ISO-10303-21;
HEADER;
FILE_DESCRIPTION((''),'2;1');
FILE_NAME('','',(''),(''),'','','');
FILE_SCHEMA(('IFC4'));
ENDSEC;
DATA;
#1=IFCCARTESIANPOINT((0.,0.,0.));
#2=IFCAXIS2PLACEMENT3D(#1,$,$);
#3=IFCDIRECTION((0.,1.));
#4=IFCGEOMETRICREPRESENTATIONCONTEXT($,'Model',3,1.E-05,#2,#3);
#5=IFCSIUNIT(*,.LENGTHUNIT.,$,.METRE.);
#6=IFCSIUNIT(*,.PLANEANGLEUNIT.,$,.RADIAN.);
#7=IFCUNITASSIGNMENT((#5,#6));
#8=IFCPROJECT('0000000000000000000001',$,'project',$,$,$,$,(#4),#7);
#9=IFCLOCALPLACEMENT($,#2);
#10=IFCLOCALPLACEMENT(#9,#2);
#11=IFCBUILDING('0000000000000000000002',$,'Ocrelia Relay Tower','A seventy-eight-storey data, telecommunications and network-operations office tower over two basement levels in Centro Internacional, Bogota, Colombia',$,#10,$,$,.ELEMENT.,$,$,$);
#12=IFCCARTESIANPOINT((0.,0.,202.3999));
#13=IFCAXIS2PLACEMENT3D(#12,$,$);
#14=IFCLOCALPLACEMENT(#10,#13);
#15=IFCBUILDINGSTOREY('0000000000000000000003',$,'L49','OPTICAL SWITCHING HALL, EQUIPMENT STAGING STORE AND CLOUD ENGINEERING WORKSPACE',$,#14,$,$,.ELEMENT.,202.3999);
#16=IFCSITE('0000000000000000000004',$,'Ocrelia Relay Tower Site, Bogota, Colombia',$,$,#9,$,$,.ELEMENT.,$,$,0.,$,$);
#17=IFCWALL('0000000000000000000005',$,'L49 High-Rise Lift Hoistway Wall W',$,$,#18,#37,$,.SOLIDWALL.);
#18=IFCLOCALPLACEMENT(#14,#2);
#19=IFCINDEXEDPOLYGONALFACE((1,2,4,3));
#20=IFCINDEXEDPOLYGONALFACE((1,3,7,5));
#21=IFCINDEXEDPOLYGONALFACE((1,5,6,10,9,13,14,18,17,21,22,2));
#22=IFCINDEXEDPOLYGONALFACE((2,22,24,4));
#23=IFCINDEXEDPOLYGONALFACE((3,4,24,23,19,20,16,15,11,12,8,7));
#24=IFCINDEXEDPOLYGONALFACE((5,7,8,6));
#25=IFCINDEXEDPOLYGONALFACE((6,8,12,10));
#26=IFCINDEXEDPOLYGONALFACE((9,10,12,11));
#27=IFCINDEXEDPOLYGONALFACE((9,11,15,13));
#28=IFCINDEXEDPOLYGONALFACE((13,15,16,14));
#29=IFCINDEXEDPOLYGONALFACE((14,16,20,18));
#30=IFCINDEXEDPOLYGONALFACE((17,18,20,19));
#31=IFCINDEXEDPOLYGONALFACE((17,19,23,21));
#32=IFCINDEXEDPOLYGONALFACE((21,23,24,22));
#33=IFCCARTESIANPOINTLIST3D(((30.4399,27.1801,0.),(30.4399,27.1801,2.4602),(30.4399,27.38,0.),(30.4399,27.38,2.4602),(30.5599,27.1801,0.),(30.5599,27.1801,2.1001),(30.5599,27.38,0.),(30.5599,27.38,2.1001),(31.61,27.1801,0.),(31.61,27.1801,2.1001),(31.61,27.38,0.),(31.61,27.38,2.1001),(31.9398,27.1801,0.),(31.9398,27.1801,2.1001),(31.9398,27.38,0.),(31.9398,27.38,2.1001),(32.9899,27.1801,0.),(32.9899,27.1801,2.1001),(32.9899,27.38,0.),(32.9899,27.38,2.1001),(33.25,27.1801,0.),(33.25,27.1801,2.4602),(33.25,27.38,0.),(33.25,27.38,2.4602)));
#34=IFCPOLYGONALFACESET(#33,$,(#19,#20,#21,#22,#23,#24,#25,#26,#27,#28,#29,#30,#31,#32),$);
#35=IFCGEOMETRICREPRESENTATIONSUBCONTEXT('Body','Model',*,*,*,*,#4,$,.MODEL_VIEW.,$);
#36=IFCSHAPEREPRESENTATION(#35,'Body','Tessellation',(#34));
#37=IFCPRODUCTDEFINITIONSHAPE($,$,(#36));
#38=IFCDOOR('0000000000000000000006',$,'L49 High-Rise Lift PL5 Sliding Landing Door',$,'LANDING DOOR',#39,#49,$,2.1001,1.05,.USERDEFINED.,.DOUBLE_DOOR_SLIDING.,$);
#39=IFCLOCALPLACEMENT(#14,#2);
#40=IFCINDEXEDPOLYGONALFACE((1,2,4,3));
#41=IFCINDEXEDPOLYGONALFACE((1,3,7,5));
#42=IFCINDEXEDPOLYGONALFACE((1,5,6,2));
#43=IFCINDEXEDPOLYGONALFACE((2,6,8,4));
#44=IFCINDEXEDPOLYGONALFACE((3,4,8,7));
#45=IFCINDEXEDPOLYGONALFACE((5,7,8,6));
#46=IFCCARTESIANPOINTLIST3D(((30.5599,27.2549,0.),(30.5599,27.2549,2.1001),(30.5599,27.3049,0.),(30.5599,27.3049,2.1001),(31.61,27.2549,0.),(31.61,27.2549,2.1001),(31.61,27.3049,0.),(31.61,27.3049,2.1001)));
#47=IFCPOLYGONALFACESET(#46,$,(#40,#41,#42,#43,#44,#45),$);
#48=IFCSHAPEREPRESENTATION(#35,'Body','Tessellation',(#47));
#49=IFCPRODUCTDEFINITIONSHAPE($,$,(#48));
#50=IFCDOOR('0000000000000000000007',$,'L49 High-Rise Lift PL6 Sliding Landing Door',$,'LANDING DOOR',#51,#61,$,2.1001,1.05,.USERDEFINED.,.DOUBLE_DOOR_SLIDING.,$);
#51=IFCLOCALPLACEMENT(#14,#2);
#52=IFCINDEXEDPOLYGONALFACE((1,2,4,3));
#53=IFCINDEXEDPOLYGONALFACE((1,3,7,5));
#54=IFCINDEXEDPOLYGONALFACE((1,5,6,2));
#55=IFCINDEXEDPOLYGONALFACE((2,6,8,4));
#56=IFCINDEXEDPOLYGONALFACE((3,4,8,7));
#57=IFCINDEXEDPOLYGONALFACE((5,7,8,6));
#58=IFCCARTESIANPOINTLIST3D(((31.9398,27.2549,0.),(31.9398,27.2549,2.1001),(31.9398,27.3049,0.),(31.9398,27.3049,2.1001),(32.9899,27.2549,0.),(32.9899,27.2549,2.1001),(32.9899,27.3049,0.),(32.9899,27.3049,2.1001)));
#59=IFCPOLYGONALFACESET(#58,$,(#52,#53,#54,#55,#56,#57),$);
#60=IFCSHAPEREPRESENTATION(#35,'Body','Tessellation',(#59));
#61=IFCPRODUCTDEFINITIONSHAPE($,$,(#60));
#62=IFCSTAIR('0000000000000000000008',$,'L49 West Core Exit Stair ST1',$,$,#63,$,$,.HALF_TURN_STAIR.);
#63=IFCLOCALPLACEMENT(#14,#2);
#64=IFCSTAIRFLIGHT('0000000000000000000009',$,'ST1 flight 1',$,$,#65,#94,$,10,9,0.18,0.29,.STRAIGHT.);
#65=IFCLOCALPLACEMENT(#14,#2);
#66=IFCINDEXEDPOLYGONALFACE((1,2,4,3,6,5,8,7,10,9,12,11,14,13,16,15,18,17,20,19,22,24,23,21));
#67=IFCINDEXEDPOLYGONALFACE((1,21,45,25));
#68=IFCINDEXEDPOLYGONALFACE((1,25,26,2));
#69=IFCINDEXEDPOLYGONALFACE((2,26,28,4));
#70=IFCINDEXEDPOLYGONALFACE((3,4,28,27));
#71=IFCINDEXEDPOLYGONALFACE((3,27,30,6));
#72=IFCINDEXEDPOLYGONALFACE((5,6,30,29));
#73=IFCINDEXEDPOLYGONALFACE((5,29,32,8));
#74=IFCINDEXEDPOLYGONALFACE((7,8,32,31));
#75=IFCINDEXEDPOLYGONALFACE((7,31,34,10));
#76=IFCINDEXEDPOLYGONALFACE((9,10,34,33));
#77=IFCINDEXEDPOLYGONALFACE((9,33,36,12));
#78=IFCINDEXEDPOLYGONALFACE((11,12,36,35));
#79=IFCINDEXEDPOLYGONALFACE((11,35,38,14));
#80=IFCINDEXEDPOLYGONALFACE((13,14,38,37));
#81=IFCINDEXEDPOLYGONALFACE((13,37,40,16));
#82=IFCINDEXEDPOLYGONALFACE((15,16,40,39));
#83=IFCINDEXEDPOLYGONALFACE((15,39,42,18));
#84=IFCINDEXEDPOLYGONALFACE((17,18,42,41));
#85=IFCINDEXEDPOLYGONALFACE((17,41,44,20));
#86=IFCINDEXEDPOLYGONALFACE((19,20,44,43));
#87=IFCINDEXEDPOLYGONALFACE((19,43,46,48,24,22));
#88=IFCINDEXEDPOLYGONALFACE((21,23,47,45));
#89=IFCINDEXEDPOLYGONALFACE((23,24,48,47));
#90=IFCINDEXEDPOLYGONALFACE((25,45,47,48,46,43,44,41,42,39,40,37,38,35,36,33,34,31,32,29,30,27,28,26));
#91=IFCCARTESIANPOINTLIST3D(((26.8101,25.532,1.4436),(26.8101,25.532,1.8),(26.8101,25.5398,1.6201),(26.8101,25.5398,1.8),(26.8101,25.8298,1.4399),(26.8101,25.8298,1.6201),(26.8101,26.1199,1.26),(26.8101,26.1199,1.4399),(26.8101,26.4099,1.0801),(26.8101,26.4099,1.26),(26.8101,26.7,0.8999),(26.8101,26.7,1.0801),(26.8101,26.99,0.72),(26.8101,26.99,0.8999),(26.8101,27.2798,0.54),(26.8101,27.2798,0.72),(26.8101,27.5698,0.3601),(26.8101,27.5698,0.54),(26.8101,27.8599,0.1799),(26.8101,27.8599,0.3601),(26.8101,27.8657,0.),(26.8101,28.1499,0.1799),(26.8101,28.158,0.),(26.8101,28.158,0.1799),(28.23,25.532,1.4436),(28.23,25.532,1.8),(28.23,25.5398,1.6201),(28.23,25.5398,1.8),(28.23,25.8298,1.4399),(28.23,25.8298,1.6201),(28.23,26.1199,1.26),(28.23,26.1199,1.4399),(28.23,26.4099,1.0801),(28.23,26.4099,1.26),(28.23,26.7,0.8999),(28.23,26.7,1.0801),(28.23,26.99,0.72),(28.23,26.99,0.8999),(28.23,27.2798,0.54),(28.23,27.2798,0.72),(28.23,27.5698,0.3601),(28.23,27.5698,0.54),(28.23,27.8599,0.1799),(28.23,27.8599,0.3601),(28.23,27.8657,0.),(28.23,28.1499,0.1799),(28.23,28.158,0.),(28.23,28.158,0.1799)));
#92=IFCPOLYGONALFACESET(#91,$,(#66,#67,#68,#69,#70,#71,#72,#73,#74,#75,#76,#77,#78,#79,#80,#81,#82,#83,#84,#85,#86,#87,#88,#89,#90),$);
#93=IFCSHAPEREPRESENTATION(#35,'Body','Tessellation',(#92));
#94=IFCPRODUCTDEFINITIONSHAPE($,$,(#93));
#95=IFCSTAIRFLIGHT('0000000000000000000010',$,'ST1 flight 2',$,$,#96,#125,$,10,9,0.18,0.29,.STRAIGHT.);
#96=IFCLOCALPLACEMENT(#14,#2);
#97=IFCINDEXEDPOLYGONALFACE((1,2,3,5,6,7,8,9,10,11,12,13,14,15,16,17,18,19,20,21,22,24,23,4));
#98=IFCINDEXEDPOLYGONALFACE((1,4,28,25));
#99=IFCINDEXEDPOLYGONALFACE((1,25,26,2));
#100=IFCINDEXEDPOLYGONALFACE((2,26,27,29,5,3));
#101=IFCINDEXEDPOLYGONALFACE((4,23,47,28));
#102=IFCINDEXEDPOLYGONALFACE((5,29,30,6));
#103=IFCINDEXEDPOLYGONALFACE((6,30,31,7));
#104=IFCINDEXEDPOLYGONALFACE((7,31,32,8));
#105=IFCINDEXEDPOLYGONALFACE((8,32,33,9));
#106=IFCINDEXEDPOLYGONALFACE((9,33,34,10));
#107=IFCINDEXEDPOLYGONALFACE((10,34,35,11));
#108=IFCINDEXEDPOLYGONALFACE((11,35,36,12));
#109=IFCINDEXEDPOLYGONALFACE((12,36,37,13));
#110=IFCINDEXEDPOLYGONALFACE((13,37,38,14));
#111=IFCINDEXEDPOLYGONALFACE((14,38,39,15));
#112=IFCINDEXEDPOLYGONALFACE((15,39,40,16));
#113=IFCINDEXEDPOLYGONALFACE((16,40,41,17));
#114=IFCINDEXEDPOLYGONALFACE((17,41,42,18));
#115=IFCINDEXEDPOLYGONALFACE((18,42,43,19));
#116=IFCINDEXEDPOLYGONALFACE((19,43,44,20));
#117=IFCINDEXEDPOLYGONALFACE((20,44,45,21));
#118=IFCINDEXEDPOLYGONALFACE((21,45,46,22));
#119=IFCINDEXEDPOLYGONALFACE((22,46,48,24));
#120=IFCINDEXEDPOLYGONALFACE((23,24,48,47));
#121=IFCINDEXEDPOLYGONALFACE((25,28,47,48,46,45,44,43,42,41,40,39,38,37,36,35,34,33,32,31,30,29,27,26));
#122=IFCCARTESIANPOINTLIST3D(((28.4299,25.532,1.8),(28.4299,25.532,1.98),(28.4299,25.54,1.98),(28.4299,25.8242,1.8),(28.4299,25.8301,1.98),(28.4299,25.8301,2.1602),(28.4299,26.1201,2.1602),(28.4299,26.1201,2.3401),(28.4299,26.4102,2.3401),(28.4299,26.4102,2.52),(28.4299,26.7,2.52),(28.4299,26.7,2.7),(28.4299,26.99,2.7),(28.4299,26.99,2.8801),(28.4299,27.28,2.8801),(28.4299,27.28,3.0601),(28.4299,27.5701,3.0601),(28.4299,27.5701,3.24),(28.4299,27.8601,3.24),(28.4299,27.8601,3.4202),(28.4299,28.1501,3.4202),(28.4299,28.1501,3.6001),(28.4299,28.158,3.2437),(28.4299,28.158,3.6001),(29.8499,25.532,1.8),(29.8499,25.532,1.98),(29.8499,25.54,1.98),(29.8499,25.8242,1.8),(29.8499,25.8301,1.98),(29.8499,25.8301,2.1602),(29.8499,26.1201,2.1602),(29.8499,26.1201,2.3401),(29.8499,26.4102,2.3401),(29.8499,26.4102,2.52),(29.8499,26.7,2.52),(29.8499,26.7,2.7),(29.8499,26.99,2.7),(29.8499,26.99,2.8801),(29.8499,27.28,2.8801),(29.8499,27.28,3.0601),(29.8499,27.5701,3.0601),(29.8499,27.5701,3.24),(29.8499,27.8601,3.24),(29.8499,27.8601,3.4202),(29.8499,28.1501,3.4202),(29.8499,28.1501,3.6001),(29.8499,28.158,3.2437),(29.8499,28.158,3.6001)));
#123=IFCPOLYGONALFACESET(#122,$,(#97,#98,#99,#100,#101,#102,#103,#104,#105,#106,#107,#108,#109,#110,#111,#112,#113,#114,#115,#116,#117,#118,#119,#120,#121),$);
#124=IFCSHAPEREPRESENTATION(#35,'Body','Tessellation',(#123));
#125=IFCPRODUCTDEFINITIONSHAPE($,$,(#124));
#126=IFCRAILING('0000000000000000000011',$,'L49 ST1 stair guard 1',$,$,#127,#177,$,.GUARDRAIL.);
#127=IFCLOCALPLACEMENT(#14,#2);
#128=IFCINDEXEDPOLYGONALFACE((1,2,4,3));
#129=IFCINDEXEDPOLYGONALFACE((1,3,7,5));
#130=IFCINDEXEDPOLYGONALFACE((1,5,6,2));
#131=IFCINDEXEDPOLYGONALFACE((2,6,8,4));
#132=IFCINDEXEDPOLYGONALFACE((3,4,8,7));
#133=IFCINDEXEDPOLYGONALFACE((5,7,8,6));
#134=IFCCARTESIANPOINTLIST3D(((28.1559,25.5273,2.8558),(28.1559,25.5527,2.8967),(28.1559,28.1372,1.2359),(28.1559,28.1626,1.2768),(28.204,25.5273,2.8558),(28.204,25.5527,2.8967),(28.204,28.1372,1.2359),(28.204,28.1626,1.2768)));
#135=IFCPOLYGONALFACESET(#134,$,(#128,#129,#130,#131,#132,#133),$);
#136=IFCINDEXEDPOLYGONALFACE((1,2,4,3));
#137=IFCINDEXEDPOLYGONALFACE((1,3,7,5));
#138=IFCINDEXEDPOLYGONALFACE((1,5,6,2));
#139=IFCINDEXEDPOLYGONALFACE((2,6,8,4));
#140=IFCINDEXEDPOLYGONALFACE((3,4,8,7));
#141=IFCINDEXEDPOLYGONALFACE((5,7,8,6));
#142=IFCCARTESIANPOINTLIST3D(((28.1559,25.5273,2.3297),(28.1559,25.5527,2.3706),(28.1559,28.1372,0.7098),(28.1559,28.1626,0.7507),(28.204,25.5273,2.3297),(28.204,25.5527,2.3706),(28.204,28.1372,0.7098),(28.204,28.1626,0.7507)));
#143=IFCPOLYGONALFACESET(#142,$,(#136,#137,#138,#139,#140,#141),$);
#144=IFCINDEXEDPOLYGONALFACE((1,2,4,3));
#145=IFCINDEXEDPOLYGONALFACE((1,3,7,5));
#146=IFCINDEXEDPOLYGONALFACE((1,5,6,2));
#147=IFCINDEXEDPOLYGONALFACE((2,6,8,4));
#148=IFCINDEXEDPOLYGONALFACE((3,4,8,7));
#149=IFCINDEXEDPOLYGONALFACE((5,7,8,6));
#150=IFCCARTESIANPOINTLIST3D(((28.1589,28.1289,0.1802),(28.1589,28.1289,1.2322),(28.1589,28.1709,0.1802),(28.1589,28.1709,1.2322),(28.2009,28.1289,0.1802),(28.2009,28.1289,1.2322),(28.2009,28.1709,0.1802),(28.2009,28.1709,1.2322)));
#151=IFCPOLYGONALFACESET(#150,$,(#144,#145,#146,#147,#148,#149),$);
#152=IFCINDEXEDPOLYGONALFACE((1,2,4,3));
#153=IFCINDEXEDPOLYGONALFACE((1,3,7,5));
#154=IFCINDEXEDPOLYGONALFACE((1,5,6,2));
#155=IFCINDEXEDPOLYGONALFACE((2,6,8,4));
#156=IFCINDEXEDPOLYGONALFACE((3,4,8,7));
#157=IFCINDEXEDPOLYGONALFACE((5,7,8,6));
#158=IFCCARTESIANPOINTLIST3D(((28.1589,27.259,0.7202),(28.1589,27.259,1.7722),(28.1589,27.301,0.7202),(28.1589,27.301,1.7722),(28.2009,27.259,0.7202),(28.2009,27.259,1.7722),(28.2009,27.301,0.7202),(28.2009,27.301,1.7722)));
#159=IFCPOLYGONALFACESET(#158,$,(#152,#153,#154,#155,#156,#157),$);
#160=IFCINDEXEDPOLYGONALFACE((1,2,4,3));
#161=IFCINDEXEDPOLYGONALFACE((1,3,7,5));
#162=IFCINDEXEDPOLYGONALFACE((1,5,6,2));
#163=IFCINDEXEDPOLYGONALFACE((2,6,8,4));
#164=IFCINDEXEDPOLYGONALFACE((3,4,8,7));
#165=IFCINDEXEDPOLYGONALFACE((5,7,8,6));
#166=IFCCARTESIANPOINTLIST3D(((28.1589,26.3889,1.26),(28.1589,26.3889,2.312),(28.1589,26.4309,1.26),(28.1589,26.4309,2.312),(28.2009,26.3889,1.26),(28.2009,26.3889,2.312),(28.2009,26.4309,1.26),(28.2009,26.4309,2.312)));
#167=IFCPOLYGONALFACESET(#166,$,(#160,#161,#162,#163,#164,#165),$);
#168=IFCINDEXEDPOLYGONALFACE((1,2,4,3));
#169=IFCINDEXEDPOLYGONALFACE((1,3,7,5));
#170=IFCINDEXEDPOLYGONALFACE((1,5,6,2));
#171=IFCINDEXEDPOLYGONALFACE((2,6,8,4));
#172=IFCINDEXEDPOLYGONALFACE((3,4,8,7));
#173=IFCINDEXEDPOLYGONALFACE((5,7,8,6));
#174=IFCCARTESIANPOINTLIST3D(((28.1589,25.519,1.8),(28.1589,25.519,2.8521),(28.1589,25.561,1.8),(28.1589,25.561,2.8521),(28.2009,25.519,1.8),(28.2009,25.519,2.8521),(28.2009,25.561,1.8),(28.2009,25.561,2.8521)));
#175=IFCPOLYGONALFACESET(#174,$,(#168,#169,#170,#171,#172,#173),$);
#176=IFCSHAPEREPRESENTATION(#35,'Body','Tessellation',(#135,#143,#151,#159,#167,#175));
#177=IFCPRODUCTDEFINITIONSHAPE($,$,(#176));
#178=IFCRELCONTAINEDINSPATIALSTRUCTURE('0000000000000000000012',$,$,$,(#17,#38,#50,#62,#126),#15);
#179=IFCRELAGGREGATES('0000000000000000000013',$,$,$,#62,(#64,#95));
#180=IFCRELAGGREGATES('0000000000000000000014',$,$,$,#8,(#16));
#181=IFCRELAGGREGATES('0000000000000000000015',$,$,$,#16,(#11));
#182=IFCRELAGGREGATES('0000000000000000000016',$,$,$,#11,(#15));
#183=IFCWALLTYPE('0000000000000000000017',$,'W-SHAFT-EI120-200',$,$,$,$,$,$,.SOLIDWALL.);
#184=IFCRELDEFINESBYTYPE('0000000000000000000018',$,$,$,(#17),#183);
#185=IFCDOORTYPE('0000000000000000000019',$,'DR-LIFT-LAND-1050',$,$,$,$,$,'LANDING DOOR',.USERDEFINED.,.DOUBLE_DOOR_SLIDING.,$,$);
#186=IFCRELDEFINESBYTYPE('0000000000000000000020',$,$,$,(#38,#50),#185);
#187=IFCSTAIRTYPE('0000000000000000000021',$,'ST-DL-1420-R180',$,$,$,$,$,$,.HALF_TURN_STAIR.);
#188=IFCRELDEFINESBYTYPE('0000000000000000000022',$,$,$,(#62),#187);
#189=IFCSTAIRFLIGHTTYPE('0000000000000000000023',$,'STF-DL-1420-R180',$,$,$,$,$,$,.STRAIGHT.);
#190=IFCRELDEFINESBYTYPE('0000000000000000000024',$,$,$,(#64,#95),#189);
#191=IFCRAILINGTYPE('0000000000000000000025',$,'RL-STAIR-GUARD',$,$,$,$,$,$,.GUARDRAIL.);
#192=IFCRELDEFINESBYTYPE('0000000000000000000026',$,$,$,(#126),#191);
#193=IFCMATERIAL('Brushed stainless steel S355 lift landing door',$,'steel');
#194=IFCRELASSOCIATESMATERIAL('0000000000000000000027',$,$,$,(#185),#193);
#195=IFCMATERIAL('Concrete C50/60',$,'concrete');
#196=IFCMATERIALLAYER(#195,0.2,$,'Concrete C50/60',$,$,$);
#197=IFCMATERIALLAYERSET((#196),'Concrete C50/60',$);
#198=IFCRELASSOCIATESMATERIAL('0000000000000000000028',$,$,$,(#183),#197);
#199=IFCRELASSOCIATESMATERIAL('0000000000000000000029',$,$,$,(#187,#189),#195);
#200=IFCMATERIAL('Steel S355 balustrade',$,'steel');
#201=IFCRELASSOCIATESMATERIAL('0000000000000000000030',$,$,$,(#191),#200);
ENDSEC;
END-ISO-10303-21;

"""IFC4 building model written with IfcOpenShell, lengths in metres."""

from ifc_helpers import new_model, si_unit, direction, frame, frame_2d, origin, origin_2d, place, context, subcontext, project, spatial, polyline, rectangle, outline, extrude, material, layer, layer_set, type_object, element, fill, aggregate, save


model = new_model("IFC4")

# Units and contexts
model_context = context("Model", 3, precision=1e-05, world=origin(), true_north=direction((0.0, 1.0)))
body_context = subcontext(model_context, "Body", "Model", "MODEL_VIEW")
ifc_project = project(units=[si_unit("LENGTHUNIT", "METRE"), si_unit("PLANEANGLEUNIT", "RADIAN")], contexts=[model_context])

# Site, building, storey
site_placement = place(None, origin())
site = spatial("IfcSite", under=ifc_project, at=site_placement, Name="Ocrelia Relay Tower Site, Bogota, Colombia", CompositionType="ELEMENT", RefElevation=0.0)
building_placement = place(site_placement, origin())
building = spatial("IfcBuilding", under=site, at=building_placement, Name="Ocrelia Relay Tower", Description="A seventy-eight-storey data, telecommunications and network-operations office tower over two basement levels in Centro Internacional, Bogota, Colombia", CompositionType="ELEMENT")
storey_placement = place(building_placement, frame((0.0, 0.0, 202.3999)))
storey = spatial("IfcBuildingStorey", under=building, at=storey_placement, Name="L49", Description="OPTICAL SWITCHING HALL, EQUIPMENT STAGING STORE AND CLOUD ENGINEERING WORKSPACE", CompositionType="ELEMENT", Elevation=202.3999)

# Shared definitions
ifc_material_1 = material(Name="Concrete C50/60", Category="concrete")

# Shared definitions
ifc_material_2 = material(Name="Brushed stainless steel S355 lift landing door", Category="steel")
door_type_1 = type_object("IfcDoorType", Name="DR-LIFT-LAND-1050", ElementType="LANDING DOOR", OperationType="DOUBLE_DOOR_SLIDING", PredefinedType="USERDEFINED", material=ifc_material_2)

# Shared definitions
ifc_layer_1 = layer(ifc_material_1, 0.2, Name="Concrete C50/60")
ifc_layer_set_1 = layer_set([ifc_layer_1], Name="Concrete C50/60")
wall_type_1 = type_object("IfcWallType", Name="W-SHAFT-EI120-200", PredefinedType="SOLIDWALL", material=ifc_layer_set_1)

# Wall, openings, doors
wall_1_placement = place(storey_placement, frame((30.4399, 27.28, 0.0), z_axis=(0.0, 0.0, 1.0), x_axis=(1.0, 0.0, 0.0)))
wall_1 = element("IfcWall", 1, at=wall_1_placement, inside=storey, type_object=wall_type_1, Name="L49 High-Rise Lift Hoistway Wall W", PredefinedType="SOLIDWALL", context=body_context, shape_type="SweptSolid", body=[
    extrude(rectangle(XDim=2.8101, YDim=0.2, at=frame_2d((1.405, 0.0))), origin(), (0.0, 0.0, 1.0), 2.4602),
])
opening_1_placement = place(wall_1_placement, frame((0.1201, 0.0, 0.0)))
opening_1 = element("IfcOpeningElement", 2, at=opening_1_placement, cuts=wall_1, PredefinedType="OPENING", context=body_context, shape_type="SweptSolid", body=[
    extrude(rectangle(XDim=1.05, YDim=2.1001, at=frame_2d((0.5249, 1.05))), frame((0.0, 0.1099, 0.0), z_axis=(0.0, -1.0, 0.0), x_axis=(1.0, 0.0, 0.0)), (0.0, 0.0, 1.0), 0.22),
])
opening_2_placement = place(wall_1_placement, frame((1.5, 0.0, 0.0)))
opening_2 = element("IfcOpeningElement", 3, at=opening_2_placement, cuts=wall_1, PredefinedType="OPENING", context=body_context, shape_type="SweptSolid", body=[
    extrude(rectangle(XDim=1.05, YDim=2.1001, at=frame_2d((0.5249, 1.05))), frame((0.0, 0.1099, 0.0), z_axis=(0.0, -1.0, 0.0), x_axis=(1.0, 0.0, 0.0)), (0.0, 0.0, 1.0), 0.22),
])
door_1_placement = place(opening_1_placement, origin())
door_1 = element("IfcDoor", 4, at=door_1_placement, inside=storey, type_object=door_type_1, Name="L49 High-Rise Lift PL5 Sliding Landing Door", ObjectType="LANDING DOOR", OperationType="DOUBLE_DOOR_SLIDING", OverallHeight=2.1001, OverallWidth=1.05, PredefinedType="USERDEFINED", context=body_context, shape_type="SweptSolid", body=[
    extrude(rectangle(XDim=1.05, YDim=2.1001, at=frame_2d((0.5249, 1.05))), frame((0.0, 0.0249, 0.0), z_axis=(0.0, -1.0, 0.0), x_axis=(1.0, 0.0, 0.0)), (0.0, 0.0, 1.0), 0.05),
])
fill(opening_1, door_1)
door_2_placement = place(opening_2_placement, origin())
door_2 = element("IfcDoor", 5, at=door_2_placement, inside=storey, type_object=door_type_1, Name="L49 High-Rise Lift PL6 Sliding Landing Door", ObjectType="LANDING DOOR", OperationType="DOUBLE_DOOR_SLIDING", OverallHeight=2.1001, OverallWidth=1.05, PredefinedType="USERDEFINED", context=body_context, shape_type="SweptSolid", body=[
    extrude(rectangle(XDim=1.05, YDim=2.1001, at=frame_2d((0.5249, 1.05))), frame((0.0, 0.0249, 0.0), z_axis=(0.0, -1.0, 0.0), x_axis=(1.0, 0.0, 0.0)), (0.0, 0.0, 1.0), 0.05),
])
fill(opening_2, door_2)

# Stair, stair flights
stair_type = type_object("IfcStairType", Name="ST-DL-1420-R180", PredefinedType="HALF_TURN_STAIR", material=ifc_material_1)
stair_placement = place(storey_placement, origin())
stair = element("IfcStair", 6, at=stair_placement, inside=storey, type_object=stair_type, Name="L49 West Core Exit Stair ST1", PredefinedType="HALF_TURN_STAIR")
stair_flight_type = type_object("IfcStairFlightType", Name="STF-DL-1420-R180", PredefinedType="STRAIGHT", material=ifc_material_1)
stair_flight_1_placement = place(storey_placement, frame((27.52, 28.1499, 0.0), z_axis=(0.0, 0.0, 1.0), x_axis=(0.0, -1.0, 0.0)))
stair_flight_1 = element("IfcStairFlight", 7, at=stair_flight_1_placement, type_object=stair_flight_type, Name="ST1 flight 1", NumberOfRisers=10, NumberOfTreads=9, PredefinedType="STRAIGHT", RiserHeight=0.18, TreadLength=0.29, context=body_context, shape_type="SweptSolid", body=[
    extrude(outline(polyline([(-0.0081, 0.0), (-0.0081, 0.1799), (0.0, 0.1799), (0.29, 0.1799), (0.29, 0.3601), (0.5801, 0.3601), (0.5801, 0.54), (0.8701, 0.54), (0.8701, 0.72), (1.1599, 0.72), (1.1599, 0.8999), (1.45, 0.8999), (1.45, 1.0801), (1.74, 1.0801), (1.74, 1.26), (2.03, 1.26), (2.03, 1.4399), (2.3201, 1.4399), (2.3201, 1.6201), (2.6101, 1.6201), (2.6101, 1.8), (2.6179, 1.8), (2.6179, 1.4436), (0.2842, 0.0), (-0.0081, 0.0)])), frame((0.0, 0.71, 0.0), z_axis=(0.0, -1.0, 0.0), x_axis=(1.0, 0.0, 0.0)), (0.0, 0.0, 1.0), 1.4199),
])
stair_flight_2_placement = place(storey_placement, frame((29.1399, 25.54, 1.8), z_axis=(0.0, 0.0, 1.0), x_axis=(0.0, 1.0, 0.0)))
stair_flight_2 = element("IfcStairFlight", 8, at=stair_flight_2_placement, type_object=stair_flight_type, Name="ST1 flight 2", NumberOfRisers=10, NumberOfTreads=9, PredefinedType="STRAIGHT", RiserHeight=0.18, TreadLength=0.29, context=body_context, shape_type="SweptSolid", body=[
    extrude(outline(polyline([(-0.0081, 0.0), (-0.0081, 0.1799), (0.0, 0.1799), (0.29, 0.1799), (0.29, 0.3601), (0.5801, 0.3601), (0.5801, 0.54), (0.8701, 0.54), (0.8701, 0.72), (1.1599, 0.72), (1.1599, 0.8999), (1.45, 0.8999), (1.45, 1.0801), (1.74, 1.0801), (1.74, 1.26), (2.03, 1.26), (2.03, 1.4399), (2.3201, 1.4399), (2.3201, 1.6201), (2.6101, 1.6201), (2.6101, 1.8), (2.6179, 1.8), (2.6179, 1.4436), (0.2842, 0.0), (-0.0081, 0.0)])), frame((0.0, 0.71, 0.0), z_axis=(0.0, -1.0, 0.0), x_axis=(1.0, 0.0, 0.0)), (0.0, 0.0, 1.0), 1.4199),
])
aggregate(stair, [stair_flight_1, stair_flight_2])

# Railing
ifc_material_3 = material(Name="Steel S355 balustrade", Category="steel")
railing_type_1 = type_object("IfcRailingType", Name="RL-STAIR-GUARD", PredefinedType="GUARDRAIL", material=ifc_material_3)
railing_1_placement = place(storey_placement, frame((28.1799, 28.1499, 0.1802)))
element("IfcRailing", 9, at=railing_1_placement, inside=storey, type_object=railing_type_1, Name="L49 ST1 stair guard 1", PredefinedType="GUARDRAIL", context=body_context, shape_type="SweptSolid", body=[
    extrude(rectangle(XDim=0.0481, YDim=0.0481, at=origin_2d()), frame((0.0, 0.0, 1.0762), z_axis=(0.0, -0.849646, 0.527353), x_axis=(1.0, 0.0, 0.0)), (0.0, 0.0, 1.0), 3.0718),
    extrude(rectangle(XDim=0.0481, YDim=0.0481, at=origin_2d()), frame((0.0, 0.0, 0.55), z_axis=(0.0, -0.849646, 0.527353), x_axis=(1.0, 0.0, 0.0)), (0.0, 0.0, 1.0), 3.0718),
    extrude(rectangle(XDim=0.042, YDim=0.042, at=origin_2d()), origin(), (0.0, 0.0, 1.0), 1.052),
    extrude(rectangle(XDim=0.042, YDim=0.042, at=origin_2d()), frame((0.0, -0.8699, 0.54)), (0.0, 0.0, 1.0), 1.052),
    extrude(rectangle(XDim=0.042, YDim=0.042, at=origin_2d()), frame((0.0, -1.74, 1.0798)), (0.0, 0.0, 1.0), 1.052),
    extrude(rectangle(XDim=0.042, YDim=0.042, at=origin_2d()), frame((0.0, -2.6099, 1.6199)), (0.0, 0.0, 1.0), 1.052),
])

save(model, "model.ifc")
